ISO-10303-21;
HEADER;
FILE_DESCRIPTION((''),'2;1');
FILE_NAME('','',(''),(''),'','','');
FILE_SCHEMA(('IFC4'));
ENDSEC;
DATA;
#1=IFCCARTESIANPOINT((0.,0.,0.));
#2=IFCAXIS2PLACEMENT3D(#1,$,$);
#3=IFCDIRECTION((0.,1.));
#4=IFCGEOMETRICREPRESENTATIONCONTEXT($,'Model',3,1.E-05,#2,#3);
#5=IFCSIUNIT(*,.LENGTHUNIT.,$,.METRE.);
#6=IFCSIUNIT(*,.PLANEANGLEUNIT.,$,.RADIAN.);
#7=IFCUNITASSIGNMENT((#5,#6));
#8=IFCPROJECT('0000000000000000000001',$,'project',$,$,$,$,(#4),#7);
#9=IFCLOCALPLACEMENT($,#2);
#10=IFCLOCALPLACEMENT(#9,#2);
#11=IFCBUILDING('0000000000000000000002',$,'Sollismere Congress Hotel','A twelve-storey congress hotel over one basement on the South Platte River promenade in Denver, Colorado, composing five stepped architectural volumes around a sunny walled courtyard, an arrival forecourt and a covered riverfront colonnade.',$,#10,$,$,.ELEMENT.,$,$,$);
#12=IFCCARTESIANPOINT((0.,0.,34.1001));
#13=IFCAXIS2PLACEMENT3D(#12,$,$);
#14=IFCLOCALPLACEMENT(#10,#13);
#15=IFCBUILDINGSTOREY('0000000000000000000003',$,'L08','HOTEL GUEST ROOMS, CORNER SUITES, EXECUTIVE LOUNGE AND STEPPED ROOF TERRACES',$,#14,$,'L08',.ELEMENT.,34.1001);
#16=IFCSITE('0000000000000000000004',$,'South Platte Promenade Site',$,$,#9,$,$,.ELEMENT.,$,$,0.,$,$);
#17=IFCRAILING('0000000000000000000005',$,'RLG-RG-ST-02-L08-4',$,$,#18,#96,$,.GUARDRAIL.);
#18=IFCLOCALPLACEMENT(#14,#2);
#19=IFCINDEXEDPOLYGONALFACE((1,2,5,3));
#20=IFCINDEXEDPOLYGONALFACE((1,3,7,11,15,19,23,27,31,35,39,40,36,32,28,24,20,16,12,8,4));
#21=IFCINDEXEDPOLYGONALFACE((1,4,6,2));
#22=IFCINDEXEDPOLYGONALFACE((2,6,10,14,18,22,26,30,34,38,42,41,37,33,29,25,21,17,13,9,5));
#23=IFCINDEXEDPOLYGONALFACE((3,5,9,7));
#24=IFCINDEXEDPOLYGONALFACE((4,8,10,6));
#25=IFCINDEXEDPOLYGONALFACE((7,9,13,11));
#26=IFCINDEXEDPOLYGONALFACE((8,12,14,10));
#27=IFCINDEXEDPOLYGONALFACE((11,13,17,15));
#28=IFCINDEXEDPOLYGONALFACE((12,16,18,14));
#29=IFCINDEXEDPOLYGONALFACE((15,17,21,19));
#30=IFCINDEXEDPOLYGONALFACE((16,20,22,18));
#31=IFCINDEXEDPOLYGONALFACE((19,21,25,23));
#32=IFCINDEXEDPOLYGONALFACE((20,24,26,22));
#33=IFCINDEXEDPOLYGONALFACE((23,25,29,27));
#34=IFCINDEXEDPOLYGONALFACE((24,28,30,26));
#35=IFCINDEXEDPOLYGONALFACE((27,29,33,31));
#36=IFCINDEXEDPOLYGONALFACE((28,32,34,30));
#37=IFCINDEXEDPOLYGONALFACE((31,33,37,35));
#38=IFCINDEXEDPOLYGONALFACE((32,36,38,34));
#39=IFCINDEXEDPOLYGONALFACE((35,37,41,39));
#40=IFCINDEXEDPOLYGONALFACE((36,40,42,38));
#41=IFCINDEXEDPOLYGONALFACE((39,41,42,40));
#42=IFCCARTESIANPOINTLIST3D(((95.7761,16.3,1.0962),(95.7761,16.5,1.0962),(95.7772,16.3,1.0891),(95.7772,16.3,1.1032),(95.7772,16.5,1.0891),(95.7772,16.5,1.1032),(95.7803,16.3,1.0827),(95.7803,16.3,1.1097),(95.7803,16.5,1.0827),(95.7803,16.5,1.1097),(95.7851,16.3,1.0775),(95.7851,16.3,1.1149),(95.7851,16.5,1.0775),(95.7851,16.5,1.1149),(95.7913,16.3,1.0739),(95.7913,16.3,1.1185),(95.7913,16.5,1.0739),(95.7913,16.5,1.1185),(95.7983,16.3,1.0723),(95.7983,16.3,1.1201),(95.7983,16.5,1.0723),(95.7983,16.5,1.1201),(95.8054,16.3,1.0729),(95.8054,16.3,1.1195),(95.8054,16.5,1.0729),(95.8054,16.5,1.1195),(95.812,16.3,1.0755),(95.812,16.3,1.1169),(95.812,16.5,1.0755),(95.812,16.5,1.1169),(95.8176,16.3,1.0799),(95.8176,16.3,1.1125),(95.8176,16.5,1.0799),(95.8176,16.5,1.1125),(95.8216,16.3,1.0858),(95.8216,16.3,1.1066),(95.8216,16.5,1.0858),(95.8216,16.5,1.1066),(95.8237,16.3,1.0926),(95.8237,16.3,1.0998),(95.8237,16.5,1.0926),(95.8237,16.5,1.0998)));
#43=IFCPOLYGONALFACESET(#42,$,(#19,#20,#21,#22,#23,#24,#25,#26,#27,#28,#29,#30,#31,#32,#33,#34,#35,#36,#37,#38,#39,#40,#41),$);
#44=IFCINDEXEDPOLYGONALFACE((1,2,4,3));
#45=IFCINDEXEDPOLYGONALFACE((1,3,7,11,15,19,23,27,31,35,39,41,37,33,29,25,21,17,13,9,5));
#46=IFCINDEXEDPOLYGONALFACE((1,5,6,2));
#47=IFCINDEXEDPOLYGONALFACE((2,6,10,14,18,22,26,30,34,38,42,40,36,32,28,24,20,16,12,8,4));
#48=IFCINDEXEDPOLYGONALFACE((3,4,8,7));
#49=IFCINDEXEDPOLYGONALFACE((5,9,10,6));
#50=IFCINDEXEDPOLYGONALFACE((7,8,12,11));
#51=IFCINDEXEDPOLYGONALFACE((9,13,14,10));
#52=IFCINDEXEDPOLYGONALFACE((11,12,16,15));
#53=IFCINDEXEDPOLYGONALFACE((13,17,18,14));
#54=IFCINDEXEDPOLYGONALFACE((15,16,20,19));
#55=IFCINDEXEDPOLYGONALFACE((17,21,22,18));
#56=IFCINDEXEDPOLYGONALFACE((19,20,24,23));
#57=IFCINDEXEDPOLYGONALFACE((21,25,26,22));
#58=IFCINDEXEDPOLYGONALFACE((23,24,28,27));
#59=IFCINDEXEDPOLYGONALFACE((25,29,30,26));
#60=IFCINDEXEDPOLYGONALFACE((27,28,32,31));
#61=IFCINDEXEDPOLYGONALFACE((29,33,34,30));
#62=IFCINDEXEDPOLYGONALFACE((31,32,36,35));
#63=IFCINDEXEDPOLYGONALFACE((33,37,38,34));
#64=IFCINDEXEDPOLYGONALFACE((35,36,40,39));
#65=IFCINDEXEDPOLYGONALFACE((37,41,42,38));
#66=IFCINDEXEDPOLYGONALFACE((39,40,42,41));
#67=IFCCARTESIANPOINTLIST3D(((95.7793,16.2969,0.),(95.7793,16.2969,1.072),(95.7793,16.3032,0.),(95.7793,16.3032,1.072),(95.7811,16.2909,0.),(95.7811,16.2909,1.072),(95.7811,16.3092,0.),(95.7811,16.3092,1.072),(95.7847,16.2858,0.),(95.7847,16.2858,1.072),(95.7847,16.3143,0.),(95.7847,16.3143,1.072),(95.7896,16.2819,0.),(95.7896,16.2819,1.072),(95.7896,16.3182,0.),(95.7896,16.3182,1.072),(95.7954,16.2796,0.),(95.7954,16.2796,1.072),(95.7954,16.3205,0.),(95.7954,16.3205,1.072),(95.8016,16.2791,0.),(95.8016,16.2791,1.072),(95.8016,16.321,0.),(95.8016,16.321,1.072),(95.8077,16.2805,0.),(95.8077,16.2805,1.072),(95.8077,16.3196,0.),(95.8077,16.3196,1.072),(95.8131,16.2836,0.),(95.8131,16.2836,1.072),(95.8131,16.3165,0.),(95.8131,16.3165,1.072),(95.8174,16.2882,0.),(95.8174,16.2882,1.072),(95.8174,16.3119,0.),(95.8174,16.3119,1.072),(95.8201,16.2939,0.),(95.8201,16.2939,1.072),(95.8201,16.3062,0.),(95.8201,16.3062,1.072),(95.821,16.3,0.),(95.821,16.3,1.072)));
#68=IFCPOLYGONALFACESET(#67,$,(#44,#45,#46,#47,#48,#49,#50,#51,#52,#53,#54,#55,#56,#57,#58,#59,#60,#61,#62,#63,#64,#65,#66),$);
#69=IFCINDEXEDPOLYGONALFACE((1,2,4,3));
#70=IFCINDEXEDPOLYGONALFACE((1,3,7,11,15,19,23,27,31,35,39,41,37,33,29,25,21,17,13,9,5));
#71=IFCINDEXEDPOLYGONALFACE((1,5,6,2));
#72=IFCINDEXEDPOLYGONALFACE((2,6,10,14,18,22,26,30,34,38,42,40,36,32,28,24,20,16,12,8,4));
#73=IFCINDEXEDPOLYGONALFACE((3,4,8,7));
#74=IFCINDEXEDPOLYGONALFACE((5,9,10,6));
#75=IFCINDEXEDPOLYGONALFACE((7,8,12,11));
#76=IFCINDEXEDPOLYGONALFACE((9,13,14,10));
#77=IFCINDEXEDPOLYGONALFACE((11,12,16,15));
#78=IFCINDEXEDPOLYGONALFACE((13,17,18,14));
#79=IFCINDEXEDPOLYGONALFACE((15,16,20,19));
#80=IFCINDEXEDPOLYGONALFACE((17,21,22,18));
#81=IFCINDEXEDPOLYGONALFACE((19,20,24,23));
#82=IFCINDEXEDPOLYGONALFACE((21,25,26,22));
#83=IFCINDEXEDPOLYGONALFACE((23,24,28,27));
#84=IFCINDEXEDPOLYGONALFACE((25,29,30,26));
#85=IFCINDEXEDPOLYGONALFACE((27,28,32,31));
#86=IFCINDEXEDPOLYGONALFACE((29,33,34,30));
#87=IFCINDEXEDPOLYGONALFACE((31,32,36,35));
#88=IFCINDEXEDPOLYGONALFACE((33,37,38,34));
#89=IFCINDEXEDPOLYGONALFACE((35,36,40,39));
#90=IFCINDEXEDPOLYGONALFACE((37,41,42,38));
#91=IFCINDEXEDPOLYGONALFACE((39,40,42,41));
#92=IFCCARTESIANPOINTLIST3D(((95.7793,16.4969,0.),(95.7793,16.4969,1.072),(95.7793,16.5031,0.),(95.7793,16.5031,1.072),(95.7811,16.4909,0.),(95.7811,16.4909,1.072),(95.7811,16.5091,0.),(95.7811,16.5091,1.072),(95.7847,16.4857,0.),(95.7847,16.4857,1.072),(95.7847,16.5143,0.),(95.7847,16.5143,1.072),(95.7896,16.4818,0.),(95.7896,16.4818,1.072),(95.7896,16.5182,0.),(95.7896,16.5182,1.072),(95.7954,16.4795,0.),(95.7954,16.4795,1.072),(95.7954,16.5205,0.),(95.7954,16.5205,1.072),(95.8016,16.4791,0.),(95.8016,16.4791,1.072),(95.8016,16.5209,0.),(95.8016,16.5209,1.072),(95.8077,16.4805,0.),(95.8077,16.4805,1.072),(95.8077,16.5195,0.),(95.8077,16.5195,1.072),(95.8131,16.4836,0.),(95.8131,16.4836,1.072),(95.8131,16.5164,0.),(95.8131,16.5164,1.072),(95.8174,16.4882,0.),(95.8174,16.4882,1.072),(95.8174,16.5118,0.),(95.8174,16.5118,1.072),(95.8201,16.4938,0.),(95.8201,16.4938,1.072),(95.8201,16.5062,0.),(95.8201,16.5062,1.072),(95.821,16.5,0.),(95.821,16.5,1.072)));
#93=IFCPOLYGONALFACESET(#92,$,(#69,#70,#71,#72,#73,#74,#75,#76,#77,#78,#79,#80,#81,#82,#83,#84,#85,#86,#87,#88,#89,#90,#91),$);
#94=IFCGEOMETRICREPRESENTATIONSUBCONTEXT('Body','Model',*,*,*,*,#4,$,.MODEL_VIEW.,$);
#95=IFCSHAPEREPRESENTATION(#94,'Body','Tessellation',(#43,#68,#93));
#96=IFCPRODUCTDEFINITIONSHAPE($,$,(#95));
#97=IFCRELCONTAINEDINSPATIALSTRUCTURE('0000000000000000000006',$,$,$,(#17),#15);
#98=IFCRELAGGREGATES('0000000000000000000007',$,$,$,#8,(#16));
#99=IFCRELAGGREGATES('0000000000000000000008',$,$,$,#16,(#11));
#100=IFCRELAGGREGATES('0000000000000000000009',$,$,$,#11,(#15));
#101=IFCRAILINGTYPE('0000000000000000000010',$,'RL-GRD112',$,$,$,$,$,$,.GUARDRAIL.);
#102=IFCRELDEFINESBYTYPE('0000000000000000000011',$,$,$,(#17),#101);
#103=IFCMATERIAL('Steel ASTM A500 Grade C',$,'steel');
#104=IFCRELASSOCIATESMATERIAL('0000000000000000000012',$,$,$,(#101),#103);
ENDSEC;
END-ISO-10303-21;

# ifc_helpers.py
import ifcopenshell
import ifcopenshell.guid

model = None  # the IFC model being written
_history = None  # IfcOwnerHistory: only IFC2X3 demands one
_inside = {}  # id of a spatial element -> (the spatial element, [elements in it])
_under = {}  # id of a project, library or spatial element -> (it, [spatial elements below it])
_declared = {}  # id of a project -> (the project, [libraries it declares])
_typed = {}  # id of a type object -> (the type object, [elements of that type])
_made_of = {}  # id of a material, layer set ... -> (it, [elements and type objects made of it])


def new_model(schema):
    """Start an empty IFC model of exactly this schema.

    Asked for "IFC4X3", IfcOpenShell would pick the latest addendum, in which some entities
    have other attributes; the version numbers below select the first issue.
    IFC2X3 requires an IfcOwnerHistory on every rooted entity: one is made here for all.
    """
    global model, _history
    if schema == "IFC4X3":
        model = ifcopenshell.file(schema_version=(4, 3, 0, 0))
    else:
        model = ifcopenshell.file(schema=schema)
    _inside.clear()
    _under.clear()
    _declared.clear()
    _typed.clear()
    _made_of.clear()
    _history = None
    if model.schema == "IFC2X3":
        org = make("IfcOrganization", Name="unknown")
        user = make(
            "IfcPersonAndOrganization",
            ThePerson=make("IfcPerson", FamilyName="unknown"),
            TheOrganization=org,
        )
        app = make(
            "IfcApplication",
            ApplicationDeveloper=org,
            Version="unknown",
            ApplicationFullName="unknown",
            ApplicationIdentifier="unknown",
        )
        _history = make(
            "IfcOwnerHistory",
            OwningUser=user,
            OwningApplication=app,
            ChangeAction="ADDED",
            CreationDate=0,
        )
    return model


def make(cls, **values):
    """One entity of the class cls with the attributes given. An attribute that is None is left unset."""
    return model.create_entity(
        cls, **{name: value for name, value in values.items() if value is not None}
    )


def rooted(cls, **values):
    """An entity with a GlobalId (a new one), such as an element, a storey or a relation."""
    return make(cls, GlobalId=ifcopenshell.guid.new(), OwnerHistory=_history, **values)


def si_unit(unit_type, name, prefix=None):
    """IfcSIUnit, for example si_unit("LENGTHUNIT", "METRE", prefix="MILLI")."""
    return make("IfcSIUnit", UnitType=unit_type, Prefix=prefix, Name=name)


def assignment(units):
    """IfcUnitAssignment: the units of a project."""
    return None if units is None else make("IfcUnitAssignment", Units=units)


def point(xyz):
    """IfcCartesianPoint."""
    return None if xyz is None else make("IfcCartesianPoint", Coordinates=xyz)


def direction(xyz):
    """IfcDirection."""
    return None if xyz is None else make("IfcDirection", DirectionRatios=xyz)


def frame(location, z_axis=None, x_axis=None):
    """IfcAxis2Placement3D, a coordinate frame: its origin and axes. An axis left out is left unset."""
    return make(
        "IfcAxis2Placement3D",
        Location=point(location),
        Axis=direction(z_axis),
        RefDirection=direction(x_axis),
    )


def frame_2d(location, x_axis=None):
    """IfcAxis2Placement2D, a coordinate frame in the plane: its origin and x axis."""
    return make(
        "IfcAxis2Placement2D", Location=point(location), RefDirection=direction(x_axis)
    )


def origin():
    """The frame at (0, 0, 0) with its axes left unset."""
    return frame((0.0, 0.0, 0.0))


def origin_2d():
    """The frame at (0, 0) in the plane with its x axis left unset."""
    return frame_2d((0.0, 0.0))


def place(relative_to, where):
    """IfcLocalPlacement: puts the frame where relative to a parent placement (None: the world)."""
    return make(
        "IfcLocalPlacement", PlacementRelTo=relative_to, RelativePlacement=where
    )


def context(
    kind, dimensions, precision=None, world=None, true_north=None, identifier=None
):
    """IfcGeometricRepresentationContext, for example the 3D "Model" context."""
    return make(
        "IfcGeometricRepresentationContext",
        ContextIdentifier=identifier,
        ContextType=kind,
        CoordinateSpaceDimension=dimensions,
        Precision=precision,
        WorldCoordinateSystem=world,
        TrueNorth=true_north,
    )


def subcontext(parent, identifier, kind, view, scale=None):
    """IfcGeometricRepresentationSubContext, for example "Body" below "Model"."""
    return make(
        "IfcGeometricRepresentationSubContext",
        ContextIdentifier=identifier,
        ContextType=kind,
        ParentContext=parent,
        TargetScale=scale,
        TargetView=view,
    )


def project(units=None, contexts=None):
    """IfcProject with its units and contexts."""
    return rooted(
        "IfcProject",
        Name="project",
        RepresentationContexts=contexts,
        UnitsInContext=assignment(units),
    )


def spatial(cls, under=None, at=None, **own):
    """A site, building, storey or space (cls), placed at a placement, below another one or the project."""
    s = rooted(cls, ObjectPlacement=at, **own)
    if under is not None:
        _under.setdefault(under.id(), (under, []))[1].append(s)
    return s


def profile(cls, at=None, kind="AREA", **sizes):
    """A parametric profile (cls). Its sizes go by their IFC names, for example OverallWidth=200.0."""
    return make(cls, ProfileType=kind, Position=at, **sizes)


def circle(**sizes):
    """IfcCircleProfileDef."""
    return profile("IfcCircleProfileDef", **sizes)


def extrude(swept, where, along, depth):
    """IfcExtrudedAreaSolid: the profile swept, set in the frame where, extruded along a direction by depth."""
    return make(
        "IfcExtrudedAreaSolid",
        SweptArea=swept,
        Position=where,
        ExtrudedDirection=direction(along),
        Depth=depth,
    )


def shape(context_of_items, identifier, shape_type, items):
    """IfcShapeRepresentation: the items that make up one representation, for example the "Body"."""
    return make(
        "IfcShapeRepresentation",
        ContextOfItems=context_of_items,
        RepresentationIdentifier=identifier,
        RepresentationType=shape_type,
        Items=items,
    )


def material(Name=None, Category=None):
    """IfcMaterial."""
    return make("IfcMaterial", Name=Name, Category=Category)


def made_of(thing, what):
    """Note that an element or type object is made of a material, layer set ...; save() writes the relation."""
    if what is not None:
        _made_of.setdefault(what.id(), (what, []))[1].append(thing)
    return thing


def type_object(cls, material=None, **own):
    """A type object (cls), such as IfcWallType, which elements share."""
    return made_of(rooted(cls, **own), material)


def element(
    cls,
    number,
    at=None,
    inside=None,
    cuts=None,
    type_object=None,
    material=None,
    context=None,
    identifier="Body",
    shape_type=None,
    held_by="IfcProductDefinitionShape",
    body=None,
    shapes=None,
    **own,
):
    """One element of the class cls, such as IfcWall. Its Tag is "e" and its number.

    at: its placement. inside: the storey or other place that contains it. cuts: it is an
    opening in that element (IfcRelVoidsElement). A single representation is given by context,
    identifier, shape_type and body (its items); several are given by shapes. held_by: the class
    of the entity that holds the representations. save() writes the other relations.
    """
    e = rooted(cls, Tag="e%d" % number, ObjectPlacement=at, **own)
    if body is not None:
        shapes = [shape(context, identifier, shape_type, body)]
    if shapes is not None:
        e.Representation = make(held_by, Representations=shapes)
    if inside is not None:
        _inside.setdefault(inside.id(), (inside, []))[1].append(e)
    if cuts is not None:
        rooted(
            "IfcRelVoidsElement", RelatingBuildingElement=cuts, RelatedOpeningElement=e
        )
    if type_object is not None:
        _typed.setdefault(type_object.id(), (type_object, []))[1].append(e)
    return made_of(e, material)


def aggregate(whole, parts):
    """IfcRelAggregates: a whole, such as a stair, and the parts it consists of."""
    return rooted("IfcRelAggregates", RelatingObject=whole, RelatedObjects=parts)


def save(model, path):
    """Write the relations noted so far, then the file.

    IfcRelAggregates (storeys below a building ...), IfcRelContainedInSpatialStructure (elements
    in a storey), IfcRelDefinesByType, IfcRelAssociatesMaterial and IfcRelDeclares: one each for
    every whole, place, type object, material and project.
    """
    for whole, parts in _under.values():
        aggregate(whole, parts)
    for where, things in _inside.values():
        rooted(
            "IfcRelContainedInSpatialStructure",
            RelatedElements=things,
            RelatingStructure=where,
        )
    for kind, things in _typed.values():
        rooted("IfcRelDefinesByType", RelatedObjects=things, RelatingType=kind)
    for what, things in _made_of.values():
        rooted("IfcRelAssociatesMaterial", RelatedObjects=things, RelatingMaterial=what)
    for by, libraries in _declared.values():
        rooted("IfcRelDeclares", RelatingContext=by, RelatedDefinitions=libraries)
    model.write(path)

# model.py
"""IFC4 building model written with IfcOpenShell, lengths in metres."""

from ifc_helpers import new_model, si_unit, direction, frame, origin, origin_2d, place, context, subcontext, project, spatial, circle, extrude, material, type_object, element, save


model = new_model("IFC4")

# Units and contexts
model_context = context("Model", 3, precision=1e-05, world=origin(), true_north=direction((0.0, 1.0)))
body_context = subcontext(model_context, "Body", "Model", "MODEL_VIEW")
ifc_project = project(units=[si_unit("LENGTHUNIT", "METRE"), si_unit("PLANEANGLEUNIT", "RADIAN")], contexts=[model_context])

# Site, building, storey
site_placement = place(None, origin())
site = spatial("IfcSite", under=ifc_project, at=site_placement, Name="South Platte Promenade Site", CompositionType="ELEMENT", RefElevation=0.0)
building_placement = place(site_placement, origin())
building = spatial("IfcBuilding", under=site, at=building_placement, Name="Sollismere Congress Hotel", Description="A twelve-storey congress hotel over one basement on the South Platte River promenade in Denver, Colorado, composing five stepped architectural volumes around a sunny walled courtyard, an arrival forecourt and a covered riverfront colonnade.", CompositionType="ELEMENT")
storey_placement = place(building_placement, frame((0.0, 0.0, 34.1001)))
storey = spatial("IfcBuildingStorey", under=building, at=storey_placement, Name="L08", Description="HOTEL GUEST ROOMS, CORNER SUITES, EXECUTIVE LOUNGE AND STEPPED ROOF TERRACES", LongName="L08", CompositionType="ELEMENT", Elevation=34.1001)

# Shared definitions
ifc_material_1 = material(Name="Steel ASTM A500 Grade C", Category="steel")

# Railing
railing_type_1 = type_object("IfcRailingType", Name="RL-GRD112", PredefinedType="GUARDRAIL", material=ifc_material_1)
railing_1_placement = place(storey_placement, frame((95.8, 16.3, 0.0)))
element("IfcRailing", 1, at=railing_1_placement, inside=storey, type_object=railing_type_1, Name="RLG-RG-ST-02-L08-4", PredefinedType="GUARDRAIL", context=body_context, shape_type="SweptSolid", body=[
    extrude(circle(Radius=0.0239, at=origin_2d()), frame((0.0, 0.0, 1.0962), z_axis=(0.0, 1.0, 0.0), x_axis=(-1.0, 0.0, 0.0)), (0.0, 0.0, 1.0), 0.2),
    extrude(circle(Radius=0.021, at=origin_2d()), origin(), (0.0, 0.0, 1.0), 1.072),
    extrude(circle(Radius=0.021, at=origin_2d()), frame((0.0, 0.2, 0.0)), (0.0, 0.0, 1.0), 1.072),
])

save(model, "model.ifc")
